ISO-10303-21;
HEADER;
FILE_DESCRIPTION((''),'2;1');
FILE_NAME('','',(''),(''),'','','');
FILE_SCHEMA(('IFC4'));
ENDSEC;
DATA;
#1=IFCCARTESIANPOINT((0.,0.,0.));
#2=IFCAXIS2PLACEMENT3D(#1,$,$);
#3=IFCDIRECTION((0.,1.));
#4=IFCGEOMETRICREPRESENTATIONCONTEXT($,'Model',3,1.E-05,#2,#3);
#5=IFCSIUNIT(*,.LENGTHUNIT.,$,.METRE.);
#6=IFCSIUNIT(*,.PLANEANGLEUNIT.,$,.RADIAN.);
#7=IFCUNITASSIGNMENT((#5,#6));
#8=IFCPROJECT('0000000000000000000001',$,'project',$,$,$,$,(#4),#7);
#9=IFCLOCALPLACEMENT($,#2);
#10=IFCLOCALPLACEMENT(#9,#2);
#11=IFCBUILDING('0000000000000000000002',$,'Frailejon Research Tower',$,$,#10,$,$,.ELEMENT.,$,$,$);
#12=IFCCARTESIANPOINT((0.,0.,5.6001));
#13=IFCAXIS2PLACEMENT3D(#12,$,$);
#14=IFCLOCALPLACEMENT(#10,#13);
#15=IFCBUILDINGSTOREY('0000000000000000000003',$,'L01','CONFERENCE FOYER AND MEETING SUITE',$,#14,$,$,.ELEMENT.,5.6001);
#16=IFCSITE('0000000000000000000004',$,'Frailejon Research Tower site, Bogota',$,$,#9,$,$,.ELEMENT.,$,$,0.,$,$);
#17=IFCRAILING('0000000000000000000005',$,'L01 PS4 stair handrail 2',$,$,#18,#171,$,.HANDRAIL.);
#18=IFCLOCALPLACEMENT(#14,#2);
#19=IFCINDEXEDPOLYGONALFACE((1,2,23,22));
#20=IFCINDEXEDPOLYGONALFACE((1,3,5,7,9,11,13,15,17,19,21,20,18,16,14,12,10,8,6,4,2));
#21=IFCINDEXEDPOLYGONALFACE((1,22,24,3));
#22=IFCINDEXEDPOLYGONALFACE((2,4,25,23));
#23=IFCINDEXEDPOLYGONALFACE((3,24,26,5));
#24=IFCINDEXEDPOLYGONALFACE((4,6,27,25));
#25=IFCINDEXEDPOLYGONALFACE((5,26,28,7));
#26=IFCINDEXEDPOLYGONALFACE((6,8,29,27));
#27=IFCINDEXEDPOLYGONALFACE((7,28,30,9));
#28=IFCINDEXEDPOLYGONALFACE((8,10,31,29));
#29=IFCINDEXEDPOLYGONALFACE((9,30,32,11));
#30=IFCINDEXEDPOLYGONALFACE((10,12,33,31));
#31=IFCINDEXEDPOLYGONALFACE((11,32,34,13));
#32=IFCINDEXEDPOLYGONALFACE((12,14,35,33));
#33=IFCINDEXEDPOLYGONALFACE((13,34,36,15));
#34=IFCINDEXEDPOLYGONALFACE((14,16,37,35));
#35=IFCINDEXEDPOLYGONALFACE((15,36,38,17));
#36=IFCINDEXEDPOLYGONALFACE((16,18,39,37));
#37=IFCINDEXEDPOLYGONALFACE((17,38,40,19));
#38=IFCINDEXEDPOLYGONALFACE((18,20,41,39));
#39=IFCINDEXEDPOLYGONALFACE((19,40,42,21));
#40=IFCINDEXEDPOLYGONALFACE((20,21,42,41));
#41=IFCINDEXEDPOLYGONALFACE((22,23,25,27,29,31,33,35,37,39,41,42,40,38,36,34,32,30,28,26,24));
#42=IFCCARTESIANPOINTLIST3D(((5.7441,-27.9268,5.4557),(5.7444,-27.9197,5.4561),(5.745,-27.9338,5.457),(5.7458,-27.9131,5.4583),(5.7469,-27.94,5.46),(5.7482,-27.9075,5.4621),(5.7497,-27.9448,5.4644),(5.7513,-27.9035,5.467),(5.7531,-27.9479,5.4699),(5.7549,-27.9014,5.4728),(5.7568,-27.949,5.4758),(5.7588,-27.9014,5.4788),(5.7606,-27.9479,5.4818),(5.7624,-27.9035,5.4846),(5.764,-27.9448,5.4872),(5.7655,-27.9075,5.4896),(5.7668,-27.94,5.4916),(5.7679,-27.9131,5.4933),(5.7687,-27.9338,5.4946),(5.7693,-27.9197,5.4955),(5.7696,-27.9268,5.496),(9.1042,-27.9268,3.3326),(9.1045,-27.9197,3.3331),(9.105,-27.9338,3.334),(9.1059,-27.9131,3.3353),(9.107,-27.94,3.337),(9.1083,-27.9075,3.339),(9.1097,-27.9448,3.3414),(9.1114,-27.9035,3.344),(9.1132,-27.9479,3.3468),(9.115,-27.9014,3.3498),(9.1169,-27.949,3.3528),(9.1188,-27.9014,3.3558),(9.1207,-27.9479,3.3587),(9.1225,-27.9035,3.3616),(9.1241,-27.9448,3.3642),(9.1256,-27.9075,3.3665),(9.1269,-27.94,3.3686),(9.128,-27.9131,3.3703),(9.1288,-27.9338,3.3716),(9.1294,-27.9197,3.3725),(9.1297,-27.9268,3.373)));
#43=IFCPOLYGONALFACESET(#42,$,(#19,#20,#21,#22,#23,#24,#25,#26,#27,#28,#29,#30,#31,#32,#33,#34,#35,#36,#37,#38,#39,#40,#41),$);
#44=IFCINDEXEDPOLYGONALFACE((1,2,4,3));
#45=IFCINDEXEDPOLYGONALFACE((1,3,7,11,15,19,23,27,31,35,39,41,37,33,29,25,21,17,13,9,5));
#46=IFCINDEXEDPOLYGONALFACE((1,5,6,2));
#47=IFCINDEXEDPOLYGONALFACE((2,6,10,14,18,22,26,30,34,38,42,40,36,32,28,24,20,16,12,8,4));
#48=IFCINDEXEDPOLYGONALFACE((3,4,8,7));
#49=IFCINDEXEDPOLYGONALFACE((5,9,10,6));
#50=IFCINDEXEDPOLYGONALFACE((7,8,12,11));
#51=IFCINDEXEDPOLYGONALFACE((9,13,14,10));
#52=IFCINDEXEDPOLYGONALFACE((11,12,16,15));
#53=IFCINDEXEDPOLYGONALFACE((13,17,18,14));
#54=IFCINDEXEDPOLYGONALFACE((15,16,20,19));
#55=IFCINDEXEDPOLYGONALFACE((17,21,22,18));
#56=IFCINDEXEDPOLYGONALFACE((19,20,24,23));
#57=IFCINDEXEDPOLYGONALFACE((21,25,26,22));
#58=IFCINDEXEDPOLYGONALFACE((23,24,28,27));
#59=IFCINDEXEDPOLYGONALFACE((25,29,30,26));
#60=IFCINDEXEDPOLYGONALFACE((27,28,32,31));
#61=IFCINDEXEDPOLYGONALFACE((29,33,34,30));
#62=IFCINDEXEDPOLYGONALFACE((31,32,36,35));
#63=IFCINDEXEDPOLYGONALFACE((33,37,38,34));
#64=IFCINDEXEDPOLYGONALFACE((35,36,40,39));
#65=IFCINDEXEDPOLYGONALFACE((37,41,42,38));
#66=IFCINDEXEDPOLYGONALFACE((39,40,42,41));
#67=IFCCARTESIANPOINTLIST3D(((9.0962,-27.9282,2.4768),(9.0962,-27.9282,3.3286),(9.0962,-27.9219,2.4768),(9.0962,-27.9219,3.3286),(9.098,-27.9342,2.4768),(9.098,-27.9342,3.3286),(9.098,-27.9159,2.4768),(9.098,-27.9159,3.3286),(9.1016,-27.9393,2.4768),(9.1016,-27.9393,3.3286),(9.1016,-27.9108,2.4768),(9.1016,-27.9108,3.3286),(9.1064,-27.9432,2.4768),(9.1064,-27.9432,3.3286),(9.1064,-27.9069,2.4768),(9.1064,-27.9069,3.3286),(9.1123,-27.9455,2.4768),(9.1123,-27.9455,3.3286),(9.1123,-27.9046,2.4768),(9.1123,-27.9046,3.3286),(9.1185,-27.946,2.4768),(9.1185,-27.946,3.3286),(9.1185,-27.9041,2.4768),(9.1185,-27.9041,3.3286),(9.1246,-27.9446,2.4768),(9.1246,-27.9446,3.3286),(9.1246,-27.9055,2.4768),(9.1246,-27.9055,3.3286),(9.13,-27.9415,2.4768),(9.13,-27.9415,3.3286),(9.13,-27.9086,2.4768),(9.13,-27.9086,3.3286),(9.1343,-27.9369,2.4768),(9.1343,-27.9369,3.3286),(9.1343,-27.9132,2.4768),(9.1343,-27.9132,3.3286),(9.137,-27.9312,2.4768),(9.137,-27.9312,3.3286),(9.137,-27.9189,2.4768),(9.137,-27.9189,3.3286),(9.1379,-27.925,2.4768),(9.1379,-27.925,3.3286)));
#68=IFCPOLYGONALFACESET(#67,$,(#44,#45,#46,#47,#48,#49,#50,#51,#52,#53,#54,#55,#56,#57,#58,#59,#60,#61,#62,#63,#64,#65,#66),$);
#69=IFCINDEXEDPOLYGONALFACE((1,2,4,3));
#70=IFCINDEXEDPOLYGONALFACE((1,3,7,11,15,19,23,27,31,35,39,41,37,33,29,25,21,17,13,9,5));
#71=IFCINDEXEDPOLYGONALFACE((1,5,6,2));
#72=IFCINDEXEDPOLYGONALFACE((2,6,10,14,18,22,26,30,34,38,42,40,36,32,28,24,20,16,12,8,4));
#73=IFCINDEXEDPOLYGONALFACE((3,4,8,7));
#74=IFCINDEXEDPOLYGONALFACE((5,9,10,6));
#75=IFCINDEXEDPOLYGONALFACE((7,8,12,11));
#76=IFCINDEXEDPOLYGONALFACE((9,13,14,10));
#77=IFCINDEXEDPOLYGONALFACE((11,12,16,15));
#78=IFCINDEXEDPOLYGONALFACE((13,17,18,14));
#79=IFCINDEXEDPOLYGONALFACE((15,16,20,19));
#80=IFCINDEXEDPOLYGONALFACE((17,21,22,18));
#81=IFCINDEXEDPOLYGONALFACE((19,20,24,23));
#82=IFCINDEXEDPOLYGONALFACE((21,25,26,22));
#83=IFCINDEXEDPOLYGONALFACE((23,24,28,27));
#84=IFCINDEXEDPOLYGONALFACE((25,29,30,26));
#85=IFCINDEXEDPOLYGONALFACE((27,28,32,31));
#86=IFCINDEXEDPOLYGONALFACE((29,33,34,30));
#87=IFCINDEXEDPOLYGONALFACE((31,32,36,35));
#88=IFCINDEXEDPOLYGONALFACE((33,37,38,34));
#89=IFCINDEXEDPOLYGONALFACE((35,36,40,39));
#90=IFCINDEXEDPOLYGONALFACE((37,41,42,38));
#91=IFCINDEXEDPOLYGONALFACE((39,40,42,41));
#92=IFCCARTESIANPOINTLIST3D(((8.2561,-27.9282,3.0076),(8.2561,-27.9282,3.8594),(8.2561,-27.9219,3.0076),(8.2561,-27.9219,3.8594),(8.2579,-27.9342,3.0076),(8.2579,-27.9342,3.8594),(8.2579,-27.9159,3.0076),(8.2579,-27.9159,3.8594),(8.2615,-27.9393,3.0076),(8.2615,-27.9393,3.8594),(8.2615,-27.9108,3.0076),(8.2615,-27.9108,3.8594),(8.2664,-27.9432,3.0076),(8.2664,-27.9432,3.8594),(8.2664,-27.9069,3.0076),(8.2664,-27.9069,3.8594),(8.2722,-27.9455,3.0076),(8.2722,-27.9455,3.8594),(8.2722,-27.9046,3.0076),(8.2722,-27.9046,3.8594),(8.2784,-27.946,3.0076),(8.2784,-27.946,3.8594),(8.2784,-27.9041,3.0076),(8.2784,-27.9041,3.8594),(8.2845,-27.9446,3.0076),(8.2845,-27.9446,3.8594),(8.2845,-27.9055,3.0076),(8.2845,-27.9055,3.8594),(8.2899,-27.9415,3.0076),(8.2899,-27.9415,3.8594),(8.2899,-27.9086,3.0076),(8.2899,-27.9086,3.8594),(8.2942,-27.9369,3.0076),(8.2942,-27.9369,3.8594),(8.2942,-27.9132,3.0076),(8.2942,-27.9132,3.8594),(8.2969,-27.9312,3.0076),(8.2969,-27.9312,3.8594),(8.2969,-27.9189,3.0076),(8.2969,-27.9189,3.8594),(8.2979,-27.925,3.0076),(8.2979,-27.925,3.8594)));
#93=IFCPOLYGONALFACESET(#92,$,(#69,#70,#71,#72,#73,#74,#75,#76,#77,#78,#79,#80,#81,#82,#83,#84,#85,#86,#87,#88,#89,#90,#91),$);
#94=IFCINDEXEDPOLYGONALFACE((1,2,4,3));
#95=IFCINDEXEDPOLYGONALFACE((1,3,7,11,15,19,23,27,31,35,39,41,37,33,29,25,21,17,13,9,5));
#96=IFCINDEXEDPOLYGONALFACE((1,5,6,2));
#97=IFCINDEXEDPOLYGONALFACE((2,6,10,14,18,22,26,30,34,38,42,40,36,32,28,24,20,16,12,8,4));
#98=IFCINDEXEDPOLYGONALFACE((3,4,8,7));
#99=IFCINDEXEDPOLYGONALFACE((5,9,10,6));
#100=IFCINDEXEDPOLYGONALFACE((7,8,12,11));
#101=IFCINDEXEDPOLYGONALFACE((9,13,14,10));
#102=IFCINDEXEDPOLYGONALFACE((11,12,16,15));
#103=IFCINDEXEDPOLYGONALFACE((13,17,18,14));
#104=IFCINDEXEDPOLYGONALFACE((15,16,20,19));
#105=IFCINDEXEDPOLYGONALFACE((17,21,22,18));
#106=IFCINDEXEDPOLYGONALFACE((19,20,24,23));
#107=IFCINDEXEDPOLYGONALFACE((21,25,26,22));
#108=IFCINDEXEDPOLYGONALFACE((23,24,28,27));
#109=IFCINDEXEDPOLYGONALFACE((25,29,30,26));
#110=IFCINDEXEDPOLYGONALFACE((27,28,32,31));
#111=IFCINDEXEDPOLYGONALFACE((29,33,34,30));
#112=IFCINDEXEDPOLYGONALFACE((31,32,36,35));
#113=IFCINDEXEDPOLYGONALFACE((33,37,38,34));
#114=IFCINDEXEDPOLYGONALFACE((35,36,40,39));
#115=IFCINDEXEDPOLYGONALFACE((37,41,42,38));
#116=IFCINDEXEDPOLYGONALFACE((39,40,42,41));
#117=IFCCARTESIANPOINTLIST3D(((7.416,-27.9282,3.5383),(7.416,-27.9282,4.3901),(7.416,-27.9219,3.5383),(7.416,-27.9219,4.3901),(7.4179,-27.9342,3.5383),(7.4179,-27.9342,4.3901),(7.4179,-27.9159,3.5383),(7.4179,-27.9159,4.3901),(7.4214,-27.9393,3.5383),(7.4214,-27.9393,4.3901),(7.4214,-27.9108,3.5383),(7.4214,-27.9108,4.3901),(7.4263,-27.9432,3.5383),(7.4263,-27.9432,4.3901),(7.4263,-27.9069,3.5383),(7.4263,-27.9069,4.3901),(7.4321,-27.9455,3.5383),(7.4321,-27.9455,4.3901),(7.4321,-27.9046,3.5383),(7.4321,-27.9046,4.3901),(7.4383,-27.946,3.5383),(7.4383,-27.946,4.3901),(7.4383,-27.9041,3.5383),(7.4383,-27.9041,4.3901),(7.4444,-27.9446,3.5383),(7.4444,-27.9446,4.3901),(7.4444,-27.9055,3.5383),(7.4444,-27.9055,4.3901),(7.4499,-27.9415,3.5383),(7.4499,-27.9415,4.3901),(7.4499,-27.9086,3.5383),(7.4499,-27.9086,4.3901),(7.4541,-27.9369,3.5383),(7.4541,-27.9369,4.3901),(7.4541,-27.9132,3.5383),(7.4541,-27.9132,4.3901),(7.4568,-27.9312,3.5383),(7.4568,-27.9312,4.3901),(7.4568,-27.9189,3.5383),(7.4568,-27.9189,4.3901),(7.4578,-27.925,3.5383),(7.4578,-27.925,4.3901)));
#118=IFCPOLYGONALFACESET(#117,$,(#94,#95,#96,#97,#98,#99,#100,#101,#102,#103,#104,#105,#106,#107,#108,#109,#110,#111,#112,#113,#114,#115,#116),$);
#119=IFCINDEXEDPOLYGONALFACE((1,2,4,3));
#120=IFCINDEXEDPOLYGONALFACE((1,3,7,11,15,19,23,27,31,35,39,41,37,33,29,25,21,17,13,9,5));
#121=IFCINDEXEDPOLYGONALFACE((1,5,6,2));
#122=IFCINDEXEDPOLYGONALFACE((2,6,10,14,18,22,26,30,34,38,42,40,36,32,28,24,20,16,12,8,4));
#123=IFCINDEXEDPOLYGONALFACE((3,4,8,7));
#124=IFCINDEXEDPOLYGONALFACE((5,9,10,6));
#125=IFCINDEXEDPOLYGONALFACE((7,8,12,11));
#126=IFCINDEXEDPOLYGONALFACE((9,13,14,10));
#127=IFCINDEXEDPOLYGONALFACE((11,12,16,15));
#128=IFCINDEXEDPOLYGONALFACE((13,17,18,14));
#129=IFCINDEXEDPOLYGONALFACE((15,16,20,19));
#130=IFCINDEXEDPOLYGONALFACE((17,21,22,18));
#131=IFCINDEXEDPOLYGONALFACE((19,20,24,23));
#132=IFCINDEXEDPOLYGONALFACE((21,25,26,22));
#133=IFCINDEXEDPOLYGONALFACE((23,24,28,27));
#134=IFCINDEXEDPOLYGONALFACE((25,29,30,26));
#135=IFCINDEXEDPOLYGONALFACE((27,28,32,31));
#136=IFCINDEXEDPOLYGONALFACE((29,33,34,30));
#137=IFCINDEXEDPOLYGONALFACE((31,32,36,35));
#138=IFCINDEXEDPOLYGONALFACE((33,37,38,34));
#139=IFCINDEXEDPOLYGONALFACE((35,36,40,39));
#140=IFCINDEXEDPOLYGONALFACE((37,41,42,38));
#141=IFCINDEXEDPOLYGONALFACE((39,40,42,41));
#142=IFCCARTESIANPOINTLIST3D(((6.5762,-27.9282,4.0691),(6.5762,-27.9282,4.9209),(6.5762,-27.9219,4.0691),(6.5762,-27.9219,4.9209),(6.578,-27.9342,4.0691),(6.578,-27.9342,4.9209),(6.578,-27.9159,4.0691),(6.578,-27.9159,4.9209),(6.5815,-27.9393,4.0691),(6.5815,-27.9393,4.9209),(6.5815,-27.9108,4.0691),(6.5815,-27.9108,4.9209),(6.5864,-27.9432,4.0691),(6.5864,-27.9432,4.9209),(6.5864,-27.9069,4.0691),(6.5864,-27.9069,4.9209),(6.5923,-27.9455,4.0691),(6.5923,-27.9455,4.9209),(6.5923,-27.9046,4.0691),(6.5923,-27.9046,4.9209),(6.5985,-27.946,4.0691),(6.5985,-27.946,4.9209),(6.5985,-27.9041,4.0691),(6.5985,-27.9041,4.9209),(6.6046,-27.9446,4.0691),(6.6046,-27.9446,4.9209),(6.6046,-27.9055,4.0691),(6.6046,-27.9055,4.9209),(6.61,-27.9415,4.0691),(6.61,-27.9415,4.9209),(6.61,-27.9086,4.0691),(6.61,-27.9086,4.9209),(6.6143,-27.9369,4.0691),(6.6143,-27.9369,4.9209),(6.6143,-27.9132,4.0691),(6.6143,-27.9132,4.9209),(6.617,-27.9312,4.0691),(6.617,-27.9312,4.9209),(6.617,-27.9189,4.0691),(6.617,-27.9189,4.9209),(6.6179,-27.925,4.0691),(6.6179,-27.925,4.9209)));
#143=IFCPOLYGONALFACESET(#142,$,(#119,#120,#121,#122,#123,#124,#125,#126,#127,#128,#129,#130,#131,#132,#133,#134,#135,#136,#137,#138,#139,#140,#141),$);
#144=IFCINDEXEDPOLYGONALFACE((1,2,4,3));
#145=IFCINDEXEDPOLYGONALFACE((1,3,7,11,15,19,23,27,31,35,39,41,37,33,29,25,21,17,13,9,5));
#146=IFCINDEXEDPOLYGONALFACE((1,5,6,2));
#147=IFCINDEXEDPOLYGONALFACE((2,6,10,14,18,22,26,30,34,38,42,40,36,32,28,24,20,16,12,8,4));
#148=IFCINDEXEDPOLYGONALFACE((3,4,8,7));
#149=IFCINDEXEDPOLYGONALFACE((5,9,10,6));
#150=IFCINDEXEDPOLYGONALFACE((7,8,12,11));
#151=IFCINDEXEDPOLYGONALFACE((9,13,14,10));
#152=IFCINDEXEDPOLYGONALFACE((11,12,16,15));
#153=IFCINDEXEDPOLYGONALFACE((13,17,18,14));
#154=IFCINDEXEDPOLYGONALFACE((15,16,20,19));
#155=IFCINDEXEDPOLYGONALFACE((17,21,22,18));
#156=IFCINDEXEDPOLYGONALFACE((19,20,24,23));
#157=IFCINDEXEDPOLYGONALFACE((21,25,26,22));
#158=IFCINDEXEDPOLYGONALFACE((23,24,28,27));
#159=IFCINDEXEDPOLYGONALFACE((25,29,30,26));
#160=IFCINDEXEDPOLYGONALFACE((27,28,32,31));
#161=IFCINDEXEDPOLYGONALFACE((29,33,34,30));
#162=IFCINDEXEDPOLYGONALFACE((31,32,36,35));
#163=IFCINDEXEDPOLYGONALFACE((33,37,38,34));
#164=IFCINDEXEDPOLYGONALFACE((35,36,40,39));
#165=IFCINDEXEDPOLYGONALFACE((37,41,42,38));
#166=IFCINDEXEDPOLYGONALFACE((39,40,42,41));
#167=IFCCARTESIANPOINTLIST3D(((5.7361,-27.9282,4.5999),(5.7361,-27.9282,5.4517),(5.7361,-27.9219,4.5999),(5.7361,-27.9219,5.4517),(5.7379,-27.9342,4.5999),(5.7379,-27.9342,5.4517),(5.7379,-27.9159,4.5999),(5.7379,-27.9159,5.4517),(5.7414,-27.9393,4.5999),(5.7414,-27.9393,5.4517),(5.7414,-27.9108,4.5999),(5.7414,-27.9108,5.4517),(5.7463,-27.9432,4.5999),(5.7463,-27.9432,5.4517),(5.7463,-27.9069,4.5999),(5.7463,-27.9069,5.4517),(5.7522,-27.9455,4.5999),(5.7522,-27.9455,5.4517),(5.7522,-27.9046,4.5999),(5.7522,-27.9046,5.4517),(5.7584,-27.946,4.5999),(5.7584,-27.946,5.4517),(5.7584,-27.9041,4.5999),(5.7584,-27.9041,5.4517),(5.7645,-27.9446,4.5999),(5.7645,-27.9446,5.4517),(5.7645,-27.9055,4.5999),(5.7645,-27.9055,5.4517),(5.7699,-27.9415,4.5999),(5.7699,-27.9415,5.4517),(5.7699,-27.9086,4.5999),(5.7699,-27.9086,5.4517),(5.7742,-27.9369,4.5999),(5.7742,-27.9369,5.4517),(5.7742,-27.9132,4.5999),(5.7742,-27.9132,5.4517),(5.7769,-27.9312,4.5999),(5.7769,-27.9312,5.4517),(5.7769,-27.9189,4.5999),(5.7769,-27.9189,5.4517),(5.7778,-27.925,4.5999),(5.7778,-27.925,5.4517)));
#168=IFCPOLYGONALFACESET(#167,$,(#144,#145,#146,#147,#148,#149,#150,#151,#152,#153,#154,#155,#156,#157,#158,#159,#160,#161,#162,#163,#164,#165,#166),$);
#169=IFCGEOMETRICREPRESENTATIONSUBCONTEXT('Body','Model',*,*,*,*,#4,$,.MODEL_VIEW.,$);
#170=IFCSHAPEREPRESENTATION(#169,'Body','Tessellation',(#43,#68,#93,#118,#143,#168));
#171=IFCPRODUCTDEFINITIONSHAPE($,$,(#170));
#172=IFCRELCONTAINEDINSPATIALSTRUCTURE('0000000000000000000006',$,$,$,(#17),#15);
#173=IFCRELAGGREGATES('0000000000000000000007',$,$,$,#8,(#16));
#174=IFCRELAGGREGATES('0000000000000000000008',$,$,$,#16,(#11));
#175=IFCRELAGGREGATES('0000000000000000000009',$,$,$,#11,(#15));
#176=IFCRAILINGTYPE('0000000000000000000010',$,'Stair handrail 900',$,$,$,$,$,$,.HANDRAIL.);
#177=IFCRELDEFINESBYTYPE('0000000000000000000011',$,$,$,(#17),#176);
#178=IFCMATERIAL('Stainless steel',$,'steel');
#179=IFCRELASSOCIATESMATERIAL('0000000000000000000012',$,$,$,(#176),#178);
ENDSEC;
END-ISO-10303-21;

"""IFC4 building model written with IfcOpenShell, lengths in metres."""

from ifc_helpers import new_model, si_unit, direction, frame, origin, origin_2d, place, context, subcontext, project, spatial, circle, extrude, material, type_object, element, save


model = new_model("IFC4")

# Units and contexts
model_context = context("Model", 3, precision=1e-05, world=origin(), true_north=direction((0.0, 1.0)))
body_context = subcontext(model_context, "Body", "Model", "MODEL_VIEW")
ifc_project = project(units=[si_unit("LENGTHUNIT", "METRE"), si_unit("PLANEANGLEUNIT", "RADIAN")], contexts=[model_context])

# Site, building, storey
site_placement = place(None, origin())
site = spatial("IfcSite", under=ifc_project, at=site_placement, Name="Frailejon Research Tower site, Bogota", CompositionType="ELEMENT", RefElevation=0.0)
building_placement = place(site_placement, origin())
building = spatial("IfcBuilding", under=site, at=building_placement, Name="Frailejon Research Tower", CompositionType="ELEMENT")
storey_placement = place(building_placement, frame((0.0, 0.0, 5.6001)))
storey = spatial("IfcBuildingStorey", under=building, at=storey_placement, Name="L01", Description="CONFERENCE FOYER AND MEETING SUITE", CompositionType="ELEMENT", Elevation=5.6001)

# Railing
ifc_material_1 = material(Name="Stainless steel", Category="steel")
railing_type_1 = type_object("IfcRailingType", Name="Stair handrail 900", PredefinedType="HANDRAIL", material=ifc_material_1)
railing_1_placement = place(storey_placement, frame((9.1169, -27.925, 2.4768)))
element("IfcRailing", 1, at=railing_1_placement, inside=storey, type_object=railing_type_1, Name="L01 PS4 stair handrail 2", PredefinedType="HANDRAIL", context=body_context, shape_type="SweptSolid", body=[
    extrude(circle(Radius=0.0239, at=origin_2d()), frame((0.0, 0.0, 0.876), z_axis=(-0.84539, 0.0, 0.53415), x_axis=(0.0, -1.0, 0.0)), (0.0, 0.0, 1.0), 3.9746),
    extrude(circle(Radius=0.021, at=origin_2d()), origin(), (0.0, 0.0, 1.0), 0.8518),
    extrude(circle(Radius=0.021, at=origin_2d()), frame((-0.8401, 0.0, 0.5308)), (0.0, 0.0, 1.0), 0.8518),
    extrude(circle(Radius=0.021, at=origin_2d()), frame((-1.6802, 0.0, 1.0615)), (0.0, 0.0, 1.0), 0.8518),
    extrude(circle(Radius=0.021, at=origin_2d()), frame((-2.52, 0.0, 1.5923)), (0.0, 0.0, 1.0), 0.8518),
    extrude(circle(Radius=0.021, at=origin_2d()), frame((-3.3601, 0.0, 2.123)), (0.0, 0.0, 1.0), 0.8518),
])

save(model, "model.ifc")
